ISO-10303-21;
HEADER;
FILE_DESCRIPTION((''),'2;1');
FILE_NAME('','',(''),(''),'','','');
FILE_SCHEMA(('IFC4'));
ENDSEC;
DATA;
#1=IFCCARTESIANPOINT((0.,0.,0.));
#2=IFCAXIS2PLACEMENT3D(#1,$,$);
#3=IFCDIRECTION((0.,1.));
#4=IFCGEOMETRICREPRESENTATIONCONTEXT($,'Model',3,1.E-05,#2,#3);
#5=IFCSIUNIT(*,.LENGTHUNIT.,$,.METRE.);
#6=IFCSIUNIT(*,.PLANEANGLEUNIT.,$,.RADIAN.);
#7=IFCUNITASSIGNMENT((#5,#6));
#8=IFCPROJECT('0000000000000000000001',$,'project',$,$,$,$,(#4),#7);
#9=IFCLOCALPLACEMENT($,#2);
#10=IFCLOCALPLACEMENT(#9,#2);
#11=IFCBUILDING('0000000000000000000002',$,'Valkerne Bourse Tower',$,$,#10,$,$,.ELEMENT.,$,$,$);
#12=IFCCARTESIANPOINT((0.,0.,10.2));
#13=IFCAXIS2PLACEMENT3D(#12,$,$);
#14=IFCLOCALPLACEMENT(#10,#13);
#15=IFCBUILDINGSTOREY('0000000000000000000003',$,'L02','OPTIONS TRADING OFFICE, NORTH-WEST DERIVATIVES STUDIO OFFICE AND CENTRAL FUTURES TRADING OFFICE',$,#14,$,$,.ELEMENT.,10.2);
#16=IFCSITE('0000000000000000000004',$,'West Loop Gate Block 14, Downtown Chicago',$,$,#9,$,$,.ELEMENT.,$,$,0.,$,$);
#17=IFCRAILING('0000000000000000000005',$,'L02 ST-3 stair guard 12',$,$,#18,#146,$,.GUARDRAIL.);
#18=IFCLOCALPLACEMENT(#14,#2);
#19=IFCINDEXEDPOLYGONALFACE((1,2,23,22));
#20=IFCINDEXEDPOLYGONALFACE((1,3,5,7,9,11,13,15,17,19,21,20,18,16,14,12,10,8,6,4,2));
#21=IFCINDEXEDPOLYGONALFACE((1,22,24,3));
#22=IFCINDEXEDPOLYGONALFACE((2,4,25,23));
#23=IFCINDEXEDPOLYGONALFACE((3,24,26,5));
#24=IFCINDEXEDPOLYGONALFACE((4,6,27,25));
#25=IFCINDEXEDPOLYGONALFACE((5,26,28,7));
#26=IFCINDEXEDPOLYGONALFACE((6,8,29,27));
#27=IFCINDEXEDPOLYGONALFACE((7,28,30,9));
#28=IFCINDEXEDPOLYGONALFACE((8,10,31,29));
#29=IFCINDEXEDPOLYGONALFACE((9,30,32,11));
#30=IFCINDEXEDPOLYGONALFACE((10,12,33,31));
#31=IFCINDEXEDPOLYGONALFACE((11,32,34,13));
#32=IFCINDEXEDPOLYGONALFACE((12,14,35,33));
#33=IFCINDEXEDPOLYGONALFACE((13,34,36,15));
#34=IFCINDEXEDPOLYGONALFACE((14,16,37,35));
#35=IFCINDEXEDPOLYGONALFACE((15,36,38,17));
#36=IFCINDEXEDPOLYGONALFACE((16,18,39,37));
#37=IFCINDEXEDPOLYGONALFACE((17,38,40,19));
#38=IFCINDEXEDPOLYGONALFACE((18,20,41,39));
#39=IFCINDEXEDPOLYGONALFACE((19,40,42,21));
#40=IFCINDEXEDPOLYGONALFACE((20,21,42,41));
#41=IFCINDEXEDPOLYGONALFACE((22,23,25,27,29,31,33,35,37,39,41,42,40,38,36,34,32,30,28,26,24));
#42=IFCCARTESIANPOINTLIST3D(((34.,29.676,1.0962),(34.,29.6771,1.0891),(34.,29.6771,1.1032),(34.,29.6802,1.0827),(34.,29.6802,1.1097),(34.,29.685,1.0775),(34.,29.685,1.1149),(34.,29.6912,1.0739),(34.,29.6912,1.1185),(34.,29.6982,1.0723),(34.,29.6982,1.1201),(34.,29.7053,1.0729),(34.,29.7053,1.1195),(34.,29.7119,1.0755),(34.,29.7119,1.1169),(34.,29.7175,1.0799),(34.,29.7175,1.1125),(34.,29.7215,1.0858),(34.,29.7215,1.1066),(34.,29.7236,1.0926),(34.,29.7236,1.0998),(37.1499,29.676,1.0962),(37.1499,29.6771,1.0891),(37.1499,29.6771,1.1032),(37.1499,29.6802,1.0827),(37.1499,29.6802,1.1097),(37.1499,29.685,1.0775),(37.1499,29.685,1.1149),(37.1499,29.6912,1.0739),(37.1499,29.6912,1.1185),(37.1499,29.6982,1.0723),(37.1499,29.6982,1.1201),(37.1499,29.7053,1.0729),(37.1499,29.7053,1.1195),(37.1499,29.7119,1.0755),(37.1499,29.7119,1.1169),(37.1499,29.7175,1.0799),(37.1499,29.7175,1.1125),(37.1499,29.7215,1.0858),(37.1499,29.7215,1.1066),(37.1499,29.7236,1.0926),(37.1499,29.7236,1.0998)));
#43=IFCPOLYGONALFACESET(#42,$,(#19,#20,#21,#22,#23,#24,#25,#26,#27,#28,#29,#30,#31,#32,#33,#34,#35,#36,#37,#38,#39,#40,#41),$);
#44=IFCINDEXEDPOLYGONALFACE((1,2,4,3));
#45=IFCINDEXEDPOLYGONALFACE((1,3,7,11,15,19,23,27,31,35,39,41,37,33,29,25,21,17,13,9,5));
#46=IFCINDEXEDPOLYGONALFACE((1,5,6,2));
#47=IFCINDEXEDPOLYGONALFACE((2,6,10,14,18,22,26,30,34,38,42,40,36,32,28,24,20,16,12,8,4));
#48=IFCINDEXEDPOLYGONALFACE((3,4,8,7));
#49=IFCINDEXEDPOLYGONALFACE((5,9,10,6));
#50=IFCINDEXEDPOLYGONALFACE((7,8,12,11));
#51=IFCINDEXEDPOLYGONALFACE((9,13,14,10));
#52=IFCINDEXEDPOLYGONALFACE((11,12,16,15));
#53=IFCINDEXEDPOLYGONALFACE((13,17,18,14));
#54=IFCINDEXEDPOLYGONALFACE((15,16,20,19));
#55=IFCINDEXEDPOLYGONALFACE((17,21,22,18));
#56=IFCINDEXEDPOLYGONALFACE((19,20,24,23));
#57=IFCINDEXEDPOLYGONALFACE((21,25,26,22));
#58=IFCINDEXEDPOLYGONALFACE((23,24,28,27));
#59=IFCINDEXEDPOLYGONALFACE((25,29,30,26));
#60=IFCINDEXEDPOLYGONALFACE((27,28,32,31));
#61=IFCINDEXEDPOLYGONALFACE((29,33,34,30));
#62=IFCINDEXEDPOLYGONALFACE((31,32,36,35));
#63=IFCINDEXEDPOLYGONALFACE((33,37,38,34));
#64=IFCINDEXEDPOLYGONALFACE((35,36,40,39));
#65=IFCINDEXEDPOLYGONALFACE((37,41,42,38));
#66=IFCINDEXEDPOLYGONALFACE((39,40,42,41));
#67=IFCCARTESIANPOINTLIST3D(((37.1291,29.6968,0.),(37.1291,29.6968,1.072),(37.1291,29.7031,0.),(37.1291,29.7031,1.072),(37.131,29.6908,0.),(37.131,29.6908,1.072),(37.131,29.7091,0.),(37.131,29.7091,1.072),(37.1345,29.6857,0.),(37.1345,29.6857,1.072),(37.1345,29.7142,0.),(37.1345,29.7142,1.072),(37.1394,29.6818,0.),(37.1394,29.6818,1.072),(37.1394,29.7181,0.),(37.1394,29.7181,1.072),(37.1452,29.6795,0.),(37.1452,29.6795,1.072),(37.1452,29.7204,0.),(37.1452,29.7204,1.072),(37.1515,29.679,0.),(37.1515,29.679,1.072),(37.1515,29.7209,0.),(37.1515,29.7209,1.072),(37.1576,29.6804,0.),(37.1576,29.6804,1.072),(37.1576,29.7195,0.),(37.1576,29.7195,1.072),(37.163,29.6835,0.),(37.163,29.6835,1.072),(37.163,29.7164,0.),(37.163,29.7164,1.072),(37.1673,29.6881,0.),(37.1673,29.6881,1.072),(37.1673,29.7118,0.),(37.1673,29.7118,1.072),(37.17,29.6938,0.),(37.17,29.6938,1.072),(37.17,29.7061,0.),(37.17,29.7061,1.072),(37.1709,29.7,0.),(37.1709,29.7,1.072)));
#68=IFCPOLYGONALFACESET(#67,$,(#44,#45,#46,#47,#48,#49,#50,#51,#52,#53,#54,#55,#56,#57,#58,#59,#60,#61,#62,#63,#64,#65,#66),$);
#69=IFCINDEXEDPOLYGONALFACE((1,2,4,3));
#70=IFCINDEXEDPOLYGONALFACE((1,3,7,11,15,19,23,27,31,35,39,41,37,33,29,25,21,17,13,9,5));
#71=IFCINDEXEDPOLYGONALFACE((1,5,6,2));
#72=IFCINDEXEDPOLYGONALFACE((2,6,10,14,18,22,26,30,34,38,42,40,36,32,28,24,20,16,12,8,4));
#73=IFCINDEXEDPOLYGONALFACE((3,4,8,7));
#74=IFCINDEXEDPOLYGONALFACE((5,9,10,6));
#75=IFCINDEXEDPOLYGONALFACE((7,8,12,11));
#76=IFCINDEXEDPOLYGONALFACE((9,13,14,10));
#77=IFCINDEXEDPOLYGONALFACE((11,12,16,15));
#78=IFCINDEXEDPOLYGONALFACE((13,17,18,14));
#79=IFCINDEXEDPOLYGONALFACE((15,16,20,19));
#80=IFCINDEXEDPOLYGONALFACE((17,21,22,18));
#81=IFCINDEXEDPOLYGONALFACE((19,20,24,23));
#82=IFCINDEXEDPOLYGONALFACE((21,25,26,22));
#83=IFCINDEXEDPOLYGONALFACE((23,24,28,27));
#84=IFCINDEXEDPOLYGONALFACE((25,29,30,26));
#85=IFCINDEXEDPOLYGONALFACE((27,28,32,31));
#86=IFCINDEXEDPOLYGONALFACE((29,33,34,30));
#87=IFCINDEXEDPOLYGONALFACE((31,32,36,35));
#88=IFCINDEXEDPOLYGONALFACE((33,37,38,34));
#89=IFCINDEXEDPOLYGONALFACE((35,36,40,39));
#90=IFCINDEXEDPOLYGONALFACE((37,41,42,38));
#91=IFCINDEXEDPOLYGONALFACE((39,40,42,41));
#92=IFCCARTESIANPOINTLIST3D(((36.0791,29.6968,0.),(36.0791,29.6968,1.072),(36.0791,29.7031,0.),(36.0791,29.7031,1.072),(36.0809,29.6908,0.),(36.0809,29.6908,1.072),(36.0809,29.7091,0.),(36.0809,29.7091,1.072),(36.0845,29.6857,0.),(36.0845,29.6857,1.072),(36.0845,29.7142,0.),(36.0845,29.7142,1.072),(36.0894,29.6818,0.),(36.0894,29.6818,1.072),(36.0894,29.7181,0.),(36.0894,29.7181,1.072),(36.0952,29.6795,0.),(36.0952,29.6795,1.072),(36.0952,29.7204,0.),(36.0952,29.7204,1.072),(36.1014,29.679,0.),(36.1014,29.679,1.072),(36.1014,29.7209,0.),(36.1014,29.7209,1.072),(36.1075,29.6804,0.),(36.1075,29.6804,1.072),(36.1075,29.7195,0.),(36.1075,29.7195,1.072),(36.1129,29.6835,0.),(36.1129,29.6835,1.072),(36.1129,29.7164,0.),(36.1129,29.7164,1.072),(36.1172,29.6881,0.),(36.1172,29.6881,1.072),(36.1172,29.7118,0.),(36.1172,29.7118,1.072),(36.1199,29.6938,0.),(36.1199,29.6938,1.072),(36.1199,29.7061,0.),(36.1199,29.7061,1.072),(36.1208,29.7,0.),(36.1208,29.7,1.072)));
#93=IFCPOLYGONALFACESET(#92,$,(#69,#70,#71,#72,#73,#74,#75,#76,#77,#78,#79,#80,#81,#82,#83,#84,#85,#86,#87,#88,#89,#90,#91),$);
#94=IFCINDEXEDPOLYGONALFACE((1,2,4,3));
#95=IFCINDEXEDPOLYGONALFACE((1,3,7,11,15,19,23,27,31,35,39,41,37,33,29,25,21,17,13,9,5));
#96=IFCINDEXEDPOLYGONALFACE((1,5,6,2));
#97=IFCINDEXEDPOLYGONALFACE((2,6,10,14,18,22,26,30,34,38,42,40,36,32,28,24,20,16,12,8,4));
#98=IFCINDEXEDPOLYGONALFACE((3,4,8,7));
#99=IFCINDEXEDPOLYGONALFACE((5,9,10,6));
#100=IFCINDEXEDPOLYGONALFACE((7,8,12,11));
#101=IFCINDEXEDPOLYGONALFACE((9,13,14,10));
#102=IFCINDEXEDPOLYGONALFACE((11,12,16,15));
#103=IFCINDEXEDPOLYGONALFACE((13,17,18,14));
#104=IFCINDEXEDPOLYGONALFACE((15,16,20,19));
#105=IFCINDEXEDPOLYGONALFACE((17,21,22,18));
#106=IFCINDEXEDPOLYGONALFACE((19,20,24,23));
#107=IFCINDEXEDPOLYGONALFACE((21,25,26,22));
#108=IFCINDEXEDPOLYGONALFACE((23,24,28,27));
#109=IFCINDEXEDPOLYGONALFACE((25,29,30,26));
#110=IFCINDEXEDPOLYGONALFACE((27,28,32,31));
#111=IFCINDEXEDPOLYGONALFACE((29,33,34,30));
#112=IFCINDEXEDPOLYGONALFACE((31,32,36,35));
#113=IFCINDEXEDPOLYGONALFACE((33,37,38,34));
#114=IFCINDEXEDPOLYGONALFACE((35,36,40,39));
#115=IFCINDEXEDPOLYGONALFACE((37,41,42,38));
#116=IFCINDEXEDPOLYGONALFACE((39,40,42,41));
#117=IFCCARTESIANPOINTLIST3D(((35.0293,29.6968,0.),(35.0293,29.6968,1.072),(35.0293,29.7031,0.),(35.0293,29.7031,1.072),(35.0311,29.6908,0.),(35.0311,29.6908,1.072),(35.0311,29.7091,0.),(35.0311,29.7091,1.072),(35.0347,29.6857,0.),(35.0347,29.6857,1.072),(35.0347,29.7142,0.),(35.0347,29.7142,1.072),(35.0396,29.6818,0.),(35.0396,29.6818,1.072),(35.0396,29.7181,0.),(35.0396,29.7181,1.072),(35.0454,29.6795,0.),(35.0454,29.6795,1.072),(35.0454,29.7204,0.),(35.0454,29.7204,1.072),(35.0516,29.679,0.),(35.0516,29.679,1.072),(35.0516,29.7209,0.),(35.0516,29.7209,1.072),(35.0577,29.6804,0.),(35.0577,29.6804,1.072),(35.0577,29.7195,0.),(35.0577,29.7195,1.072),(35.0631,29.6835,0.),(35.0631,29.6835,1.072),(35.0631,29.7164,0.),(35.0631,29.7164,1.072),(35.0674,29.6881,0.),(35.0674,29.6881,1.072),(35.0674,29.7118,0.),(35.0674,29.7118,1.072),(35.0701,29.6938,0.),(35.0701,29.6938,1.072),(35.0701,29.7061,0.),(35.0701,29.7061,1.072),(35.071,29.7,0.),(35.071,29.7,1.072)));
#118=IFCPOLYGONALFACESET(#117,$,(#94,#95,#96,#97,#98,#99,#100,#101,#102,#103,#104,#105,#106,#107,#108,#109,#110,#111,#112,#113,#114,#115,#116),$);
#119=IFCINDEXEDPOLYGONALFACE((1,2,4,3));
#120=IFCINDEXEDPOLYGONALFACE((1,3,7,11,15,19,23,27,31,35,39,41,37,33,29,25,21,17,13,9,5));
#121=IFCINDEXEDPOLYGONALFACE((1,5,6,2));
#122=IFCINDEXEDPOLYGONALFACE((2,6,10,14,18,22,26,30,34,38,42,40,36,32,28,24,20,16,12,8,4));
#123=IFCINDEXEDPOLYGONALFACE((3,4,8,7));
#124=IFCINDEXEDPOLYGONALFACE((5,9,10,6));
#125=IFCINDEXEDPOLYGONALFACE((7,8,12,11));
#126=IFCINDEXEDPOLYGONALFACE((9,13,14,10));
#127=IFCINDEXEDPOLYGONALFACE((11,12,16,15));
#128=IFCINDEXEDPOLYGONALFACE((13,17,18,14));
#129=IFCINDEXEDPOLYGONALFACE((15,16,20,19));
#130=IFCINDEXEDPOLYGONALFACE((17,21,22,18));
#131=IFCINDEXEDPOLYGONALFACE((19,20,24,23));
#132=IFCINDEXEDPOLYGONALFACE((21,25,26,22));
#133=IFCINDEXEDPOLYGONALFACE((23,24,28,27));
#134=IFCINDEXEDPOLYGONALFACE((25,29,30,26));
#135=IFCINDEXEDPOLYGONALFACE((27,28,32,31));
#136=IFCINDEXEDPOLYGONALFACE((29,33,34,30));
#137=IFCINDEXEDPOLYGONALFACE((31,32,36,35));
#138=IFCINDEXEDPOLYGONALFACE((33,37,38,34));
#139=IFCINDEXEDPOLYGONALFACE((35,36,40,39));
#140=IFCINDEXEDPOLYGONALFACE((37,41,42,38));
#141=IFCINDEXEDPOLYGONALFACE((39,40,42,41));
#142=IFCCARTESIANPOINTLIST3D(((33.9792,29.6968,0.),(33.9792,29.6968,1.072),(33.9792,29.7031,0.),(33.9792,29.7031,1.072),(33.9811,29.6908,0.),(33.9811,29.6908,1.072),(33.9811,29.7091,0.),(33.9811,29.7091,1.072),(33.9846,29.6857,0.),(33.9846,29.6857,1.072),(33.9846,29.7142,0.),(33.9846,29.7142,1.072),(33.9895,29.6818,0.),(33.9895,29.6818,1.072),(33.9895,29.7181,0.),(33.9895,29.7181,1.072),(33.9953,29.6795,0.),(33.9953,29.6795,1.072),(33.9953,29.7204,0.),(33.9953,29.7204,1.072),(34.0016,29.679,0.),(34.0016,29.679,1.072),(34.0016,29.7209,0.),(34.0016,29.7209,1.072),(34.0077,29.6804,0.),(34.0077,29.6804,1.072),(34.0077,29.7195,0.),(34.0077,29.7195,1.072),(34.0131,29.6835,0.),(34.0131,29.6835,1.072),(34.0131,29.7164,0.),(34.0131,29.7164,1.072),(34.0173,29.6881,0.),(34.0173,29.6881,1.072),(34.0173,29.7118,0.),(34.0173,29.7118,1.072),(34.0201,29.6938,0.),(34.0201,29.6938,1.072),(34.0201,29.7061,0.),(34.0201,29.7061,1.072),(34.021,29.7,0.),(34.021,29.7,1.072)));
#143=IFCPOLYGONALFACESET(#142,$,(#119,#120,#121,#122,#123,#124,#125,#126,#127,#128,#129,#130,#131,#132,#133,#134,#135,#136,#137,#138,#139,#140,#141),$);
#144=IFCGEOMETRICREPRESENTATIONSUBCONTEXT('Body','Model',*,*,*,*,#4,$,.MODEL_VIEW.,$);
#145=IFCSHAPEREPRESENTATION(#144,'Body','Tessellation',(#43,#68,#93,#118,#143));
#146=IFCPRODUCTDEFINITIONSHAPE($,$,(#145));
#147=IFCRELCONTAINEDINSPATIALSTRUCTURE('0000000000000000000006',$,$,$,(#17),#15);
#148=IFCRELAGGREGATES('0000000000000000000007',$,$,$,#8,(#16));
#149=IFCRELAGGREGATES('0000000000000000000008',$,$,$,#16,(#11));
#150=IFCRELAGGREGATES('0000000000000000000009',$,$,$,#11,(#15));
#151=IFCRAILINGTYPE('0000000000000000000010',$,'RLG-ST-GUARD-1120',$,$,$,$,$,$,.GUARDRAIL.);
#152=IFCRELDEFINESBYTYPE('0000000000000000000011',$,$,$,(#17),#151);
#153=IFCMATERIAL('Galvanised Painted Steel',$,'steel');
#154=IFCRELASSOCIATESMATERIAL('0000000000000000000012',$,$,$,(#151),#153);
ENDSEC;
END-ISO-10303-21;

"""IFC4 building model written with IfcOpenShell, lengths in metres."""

from ifc_helpers import new_model, si_unit, direction, frame, origin, origin_2d, place, context, subcontext, project, spatial, circle, extrude, material, type_object, element, save


model = new_model("IFC4")

# Units and contexts
model_context = context("Model", 3, precision=1e-05, world=origin(), true_north=direction((0.0, 1.0)))
body_context = subcontext(model_context, "Body", "Model", "MODEL_VIEW")
ifc_project = project(units=[si_unit("LENGTHUNIT", "METRE"), si_unit("PLANEANGLEUNIT", "RADIAN")], contexts=[model_context])

# Site, building, storey
site_placement = place(None, origin())
site = spatial("IfcSite", under=ifc_project, at=site_placement, Name="West Loop Gate Block 14, Downtown Chicago", CompositionType="ELEMENT", RefElevation=0.0)
building_placement = place(site_placement, origin())
building = spatial("IfcBuilding", under=site, at=building_placement, Name="Valkerne Bourse Tower", CompositionType="ELEMENT")
storey_placement = place(building_placement, frame((0.0, 0.0, 10.2)))
storey = spatial("IfcBuildingStorey", under=building, at=storey_placement, Name="L02", Description="OPTIONS TRADING OFFICE, NORTH-WEST DERIVATIVES STUDIO OFFICE AND CENTRAL FUTURES TRADING OFFICE", CompositionType="ELEMENT", Elevation=10.2)

# Shared definitions
ifc_material_1 = material(Name="Galvanised Painted Steel", Category="steel")

# Railing
railing_type_1 = type_object("IfcRailingType", Name="RLG-ST-GUARD-1120", PredefinedType="GUARDRAIL", material=ifc_material_1)
railing_1_placement = place(storey_placement, frame((37.1499, 29.7, 0.0)))
element("IfcRailing", 1, at=railing_1_placement, inside=storey, type_object=railing_type_1, Name="L02 ST-3 stair guard 12", PredefinedType="GUARDRAIL", context=body_context, shape_type="SweptSolid", body=[
    extrude(circle(Radius=0.0239, at=origin_2d()), frame((0.0, 0.0, 1.0962), z_axis=(-1.0, 0.0, 0.0), x_axis=(0.0, -1.0, 0.0)), (0.0, 0.0, 1.0), 3.1499),
    extrude(circle(Radius=0.021, at=origin_2d()), origin(), (0.0, 0.0, 1.0), 1.072),
    extrude(circle(Radius=0.021, at=origin_2d()), frame((-1.05, 0.0, 0.0)), (0.0, 0.0, 1.0), 1.072),
    extrude(circle(Radius=0.021, at=origin_2d()), frame((-2.0999, 0.0, 0.0)), (0.0, 0.0, 1.0), 1.072),
    extrude(circle(Radius=0.021, at=origin_2d()), frame((-3.1499, 0.0, 0.0)), (0.0, 0.0, 1.0), 1.072),
])

save(model, "model.ifc")
